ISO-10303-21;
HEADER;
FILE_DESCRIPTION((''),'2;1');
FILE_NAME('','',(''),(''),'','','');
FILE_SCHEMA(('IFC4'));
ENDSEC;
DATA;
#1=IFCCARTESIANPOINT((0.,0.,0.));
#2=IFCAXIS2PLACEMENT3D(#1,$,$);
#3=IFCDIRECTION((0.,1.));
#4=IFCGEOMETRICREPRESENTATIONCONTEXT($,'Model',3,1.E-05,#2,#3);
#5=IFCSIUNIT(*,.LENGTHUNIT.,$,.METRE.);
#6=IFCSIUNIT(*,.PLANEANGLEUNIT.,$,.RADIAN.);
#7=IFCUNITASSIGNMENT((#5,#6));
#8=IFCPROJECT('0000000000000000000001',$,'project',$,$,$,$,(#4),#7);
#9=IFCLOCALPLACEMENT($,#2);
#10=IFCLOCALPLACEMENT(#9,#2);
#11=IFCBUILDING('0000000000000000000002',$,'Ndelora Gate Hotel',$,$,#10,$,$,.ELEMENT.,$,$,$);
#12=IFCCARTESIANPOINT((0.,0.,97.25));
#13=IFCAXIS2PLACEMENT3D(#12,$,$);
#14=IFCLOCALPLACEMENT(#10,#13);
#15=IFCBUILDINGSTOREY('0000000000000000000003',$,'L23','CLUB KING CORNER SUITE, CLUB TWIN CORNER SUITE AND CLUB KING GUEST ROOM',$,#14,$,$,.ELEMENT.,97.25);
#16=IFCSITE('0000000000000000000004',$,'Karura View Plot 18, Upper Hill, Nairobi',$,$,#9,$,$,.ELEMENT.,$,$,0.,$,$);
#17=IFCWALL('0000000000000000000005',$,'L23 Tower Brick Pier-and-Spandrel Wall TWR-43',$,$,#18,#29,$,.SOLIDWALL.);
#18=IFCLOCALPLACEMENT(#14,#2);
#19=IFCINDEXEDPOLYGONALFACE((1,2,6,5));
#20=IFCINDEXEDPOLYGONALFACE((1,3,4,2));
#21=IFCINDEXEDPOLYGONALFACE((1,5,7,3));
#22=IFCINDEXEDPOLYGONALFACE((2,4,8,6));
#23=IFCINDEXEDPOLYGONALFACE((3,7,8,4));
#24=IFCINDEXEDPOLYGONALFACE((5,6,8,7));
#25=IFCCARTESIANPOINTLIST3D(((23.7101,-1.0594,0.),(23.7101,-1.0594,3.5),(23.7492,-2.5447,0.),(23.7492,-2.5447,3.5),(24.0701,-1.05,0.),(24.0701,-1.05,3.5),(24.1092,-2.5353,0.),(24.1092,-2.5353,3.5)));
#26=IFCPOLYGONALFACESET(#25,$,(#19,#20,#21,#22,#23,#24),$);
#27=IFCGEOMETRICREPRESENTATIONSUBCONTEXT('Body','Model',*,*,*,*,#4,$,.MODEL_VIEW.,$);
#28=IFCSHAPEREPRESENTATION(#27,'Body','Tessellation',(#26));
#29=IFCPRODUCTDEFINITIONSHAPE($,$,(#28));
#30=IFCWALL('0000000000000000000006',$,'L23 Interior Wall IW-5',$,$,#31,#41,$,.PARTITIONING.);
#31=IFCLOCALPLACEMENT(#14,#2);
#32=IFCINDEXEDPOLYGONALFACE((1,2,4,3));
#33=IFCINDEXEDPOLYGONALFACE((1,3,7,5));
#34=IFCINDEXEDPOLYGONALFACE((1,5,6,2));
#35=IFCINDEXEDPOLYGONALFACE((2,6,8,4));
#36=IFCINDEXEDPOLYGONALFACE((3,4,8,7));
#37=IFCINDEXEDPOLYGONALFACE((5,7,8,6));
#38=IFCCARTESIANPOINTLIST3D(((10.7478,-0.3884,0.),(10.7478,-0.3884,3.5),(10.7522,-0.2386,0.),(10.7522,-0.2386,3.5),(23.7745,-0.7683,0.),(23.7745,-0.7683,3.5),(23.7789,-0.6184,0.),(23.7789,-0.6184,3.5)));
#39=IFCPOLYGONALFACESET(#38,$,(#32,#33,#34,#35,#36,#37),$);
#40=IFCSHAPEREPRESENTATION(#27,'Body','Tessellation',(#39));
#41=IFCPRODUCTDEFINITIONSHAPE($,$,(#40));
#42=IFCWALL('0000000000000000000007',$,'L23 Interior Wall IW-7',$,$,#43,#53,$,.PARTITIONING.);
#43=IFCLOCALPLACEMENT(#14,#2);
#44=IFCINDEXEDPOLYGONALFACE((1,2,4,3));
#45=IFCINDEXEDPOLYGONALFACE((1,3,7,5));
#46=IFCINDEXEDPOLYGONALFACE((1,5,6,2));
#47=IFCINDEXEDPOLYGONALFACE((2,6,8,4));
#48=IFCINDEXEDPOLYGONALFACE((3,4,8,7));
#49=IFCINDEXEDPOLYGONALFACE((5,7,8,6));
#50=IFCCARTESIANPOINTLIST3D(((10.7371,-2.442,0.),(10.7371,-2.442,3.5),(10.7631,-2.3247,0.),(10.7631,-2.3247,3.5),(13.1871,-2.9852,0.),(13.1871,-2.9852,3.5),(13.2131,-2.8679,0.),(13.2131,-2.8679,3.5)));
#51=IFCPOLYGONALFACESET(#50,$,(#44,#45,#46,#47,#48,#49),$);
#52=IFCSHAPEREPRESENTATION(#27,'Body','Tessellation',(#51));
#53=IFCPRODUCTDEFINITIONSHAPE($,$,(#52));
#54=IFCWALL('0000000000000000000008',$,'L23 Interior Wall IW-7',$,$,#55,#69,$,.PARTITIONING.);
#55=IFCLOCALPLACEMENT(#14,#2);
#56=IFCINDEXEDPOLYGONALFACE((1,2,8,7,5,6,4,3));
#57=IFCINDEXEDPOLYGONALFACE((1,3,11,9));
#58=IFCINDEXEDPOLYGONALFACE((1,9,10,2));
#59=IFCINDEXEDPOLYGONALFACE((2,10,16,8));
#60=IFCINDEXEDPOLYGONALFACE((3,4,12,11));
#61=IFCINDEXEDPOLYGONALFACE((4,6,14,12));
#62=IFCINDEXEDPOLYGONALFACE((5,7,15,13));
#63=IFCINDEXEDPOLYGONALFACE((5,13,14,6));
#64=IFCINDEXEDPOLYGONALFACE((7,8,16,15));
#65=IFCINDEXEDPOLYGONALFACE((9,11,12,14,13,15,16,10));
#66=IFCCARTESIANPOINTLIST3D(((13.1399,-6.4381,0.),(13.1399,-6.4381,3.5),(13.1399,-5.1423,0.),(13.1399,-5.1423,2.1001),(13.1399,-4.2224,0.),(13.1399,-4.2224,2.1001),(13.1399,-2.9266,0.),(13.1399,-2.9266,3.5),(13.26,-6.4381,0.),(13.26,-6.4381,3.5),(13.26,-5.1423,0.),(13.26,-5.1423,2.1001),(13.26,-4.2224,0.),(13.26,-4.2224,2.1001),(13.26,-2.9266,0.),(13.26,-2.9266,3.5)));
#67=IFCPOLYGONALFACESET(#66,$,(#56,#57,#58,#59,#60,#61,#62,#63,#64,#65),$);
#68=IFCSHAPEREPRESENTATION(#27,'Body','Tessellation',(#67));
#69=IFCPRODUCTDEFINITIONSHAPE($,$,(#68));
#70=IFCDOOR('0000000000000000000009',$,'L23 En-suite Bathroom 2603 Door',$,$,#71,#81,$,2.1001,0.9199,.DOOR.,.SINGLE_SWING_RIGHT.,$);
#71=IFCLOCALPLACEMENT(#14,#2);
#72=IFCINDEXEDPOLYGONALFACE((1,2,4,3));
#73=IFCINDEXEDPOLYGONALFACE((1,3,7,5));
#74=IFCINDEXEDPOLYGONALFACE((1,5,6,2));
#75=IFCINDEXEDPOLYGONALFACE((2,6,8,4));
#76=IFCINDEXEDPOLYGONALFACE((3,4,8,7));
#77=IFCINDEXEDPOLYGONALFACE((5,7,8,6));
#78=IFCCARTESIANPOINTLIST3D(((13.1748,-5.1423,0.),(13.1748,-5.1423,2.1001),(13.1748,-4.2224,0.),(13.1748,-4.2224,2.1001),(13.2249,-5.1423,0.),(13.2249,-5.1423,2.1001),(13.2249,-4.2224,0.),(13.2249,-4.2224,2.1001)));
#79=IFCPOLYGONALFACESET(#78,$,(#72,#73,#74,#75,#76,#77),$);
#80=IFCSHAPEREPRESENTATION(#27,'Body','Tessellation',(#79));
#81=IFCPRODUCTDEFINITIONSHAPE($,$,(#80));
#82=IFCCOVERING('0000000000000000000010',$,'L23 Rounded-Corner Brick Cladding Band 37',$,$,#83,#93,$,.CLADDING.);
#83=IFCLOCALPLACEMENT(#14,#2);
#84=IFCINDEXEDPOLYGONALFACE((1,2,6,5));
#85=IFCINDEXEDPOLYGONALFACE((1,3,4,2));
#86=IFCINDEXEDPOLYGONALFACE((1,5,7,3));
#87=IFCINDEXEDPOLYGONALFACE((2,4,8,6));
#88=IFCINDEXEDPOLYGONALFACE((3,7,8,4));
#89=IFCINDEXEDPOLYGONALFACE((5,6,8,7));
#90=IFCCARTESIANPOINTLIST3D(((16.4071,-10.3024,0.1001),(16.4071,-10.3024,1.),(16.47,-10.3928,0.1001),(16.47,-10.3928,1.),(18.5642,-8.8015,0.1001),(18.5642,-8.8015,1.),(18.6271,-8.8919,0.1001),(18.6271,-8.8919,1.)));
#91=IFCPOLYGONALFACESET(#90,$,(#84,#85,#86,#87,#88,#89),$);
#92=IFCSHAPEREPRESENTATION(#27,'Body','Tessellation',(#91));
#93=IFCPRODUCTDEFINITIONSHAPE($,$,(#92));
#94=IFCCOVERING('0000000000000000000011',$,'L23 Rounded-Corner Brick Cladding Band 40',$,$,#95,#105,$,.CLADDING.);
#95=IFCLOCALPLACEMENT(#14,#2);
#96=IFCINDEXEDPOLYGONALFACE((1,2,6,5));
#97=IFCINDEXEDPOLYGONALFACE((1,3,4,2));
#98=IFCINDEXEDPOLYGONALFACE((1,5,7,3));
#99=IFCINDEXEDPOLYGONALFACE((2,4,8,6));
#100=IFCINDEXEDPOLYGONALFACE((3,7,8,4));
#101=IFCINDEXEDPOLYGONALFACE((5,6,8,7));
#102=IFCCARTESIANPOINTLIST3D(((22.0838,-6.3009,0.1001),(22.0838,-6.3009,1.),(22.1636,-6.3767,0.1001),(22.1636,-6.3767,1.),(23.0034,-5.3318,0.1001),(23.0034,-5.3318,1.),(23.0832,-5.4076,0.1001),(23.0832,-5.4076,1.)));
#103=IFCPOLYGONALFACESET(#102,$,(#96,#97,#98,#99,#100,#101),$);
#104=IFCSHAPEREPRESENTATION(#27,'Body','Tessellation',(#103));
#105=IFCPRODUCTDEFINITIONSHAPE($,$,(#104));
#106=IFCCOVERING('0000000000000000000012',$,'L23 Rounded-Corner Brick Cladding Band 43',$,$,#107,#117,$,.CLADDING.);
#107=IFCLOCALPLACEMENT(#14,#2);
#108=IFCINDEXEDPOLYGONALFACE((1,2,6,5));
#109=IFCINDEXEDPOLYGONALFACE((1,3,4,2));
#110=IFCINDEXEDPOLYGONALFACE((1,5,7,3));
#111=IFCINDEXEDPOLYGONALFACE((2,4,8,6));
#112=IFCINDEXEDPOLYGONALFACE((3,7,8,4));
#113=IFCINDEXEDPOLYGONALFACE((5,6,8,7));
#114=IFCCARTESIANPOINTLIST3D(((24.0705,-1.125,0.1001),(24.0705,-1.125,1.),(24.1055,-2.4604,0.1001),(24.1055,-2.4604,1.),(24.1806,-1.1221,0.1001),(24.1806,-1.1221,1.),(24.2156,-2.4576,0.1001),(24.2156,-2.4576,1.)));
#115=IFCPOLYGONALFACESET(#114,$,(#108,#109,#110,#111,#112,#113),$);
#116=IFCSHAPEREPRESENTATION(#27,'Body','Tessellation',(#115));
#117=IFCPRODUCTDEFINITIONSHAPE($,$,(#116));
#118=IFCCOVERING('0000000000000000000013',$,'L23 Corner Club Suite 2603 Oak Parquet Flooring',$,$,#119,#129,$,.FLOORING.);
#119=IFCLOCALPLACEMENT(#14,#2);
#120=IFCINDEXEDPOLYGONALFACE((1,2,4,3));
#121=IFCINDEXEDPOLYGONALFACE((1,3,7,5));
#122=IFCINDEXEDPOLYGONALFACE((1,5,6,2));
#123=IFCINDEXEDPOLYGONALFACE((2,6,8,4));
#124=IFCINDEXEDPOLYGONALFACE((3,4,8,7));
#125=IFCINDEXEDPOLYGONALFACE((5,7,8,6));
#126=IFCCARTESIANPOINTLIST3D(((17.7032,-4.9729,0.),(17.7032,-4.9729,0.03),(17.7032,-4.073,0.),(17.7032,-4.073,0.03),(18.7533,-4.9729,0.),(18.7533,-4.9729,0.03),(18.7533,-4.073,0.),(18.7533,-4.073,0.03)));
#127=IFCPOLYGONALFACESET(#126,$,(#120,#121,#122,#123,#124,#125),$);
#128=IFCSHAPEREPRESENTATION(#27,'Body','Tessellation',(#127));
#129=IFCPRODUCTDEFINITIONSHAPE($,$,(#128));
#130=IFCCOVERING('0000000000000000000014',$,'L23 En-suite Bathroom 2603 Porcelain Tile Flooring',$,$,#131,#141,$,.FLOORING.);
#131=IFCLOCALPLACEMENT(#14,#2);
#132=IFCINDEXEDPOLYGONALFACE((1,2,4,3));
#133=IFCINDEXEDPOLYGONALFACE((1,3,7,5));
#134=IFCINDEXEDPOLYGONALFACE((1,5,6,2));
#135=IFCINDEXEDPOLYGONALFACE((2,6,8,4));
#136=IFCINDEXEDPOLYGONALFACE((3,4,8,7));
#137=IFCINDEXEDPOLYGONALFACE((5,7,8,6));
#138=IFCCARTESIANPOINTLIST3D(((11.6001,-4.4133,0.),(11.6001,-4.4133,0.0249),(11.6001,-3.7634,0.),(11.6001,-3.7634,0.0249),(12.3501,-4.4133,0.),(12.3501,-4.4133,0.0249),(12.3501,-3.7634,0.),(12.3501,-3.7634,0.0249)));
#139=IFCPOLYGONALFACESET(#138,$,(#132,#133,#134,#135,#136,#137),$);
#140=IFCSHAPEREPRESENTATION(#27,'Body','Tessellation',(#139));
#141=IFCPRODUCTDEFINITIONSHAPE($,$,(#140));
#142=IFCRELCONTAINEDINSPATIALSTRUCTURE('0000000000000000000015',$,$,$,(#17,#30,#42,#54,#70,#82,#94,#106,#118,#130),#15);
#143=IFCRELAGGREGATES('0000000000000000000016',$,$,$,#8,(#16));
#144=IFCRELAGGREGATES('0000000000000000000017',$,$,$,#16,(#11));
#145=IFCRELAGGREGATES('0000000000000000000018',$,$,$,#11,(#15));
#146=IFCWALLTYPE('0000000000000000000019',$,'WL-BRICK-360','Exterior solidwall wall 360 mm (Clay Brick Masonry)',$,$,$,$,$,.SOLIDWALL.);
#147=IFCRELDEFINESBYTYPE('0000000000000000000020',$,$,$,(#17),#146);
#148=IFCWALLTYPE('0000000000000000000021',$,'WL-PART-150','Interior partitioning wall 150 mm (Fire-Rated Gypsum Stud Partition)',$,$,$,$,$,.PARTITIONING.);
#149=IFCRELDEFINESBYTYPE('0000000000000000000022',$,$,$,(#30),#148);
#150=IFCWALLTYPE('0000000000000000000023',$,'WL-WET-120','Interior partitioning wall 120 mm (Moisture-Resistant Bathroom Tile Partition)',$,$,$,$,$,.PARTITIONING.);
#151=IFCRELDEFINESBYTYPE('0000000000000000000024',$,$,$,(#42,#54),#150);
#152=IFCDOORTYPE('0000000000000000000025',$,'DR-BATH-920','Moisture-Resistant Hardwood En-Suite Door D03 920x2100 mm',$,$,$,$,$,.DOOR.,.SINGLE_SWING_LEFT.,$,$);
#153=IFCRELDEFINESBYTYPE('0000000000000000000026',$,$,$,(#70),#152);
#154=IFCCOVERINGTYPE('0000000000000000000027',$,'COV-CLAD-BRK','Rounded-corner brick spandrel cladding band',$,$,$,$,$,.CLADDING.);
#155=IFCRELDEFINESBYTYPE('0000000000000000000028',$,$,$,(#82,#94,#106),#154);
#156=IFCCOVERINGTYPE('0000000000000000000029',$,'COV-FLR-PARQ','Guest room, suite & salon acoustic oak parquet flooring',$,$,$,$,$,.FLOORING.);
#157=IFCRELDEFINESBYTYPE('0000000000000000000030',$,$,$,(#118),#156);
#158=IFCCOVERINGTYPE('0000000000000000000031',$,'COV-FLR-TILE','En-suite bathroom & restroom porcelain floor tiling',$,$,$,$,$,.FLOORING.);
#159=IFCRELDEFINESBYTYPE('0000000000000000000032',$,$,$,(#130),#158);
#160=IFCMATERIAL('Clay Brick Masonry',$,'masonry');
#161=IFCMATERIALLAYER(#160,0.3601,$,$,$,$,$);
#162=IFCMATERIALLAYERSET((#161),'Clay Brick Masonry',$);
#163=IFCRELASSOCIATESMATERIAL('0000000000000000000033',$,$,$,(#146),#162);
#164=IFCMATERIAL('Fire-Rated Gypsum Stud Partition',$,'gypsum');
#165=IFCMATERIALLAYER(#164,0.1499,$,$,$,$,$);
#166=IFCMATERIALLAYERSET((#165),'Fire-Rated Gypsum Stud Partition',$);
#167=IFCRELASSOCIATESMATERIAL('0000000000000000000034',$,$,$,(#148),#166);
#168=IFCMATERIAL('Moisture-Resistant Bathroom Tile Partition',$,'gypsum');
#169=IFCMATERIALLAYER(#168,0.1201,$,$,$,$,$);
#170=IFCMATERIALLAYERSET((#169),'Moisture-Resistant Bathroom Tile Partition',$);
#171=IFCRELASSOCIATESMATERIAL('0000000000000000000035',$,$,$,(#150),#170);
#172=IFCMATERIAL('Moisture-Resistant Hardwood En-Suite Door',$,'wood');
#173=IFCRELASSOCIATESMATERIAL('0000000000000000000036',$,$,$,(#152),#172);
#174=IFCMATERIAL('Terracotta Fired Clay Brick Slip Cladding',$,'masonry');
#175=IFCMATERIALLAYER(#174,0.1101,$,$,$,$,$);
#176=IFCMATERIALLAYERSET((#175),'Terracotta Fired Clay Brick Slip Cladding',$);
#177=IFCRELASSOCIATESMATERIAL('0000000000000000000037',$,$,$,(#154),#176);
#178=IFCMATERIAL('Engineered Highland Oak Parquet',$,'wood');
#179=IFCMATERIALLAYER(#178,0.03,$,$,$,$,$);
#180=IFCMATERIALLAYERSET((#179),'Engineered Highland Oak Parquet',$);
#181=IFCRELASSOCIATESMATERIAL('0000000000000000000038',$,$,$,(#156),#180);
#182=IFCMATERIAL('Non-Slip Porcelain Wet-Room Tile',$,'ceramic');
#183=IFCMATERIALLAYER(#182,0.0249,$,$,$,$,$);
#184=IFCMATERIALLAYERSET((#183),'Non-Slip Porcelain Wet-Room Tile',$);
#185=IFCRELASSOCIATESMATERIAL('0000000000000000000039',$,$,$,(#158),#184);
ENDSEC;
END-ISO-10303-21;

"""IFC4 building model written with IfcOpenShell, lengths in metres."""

from ifc_helpers import new_model, si_unit, direction, frame, frame_2d, origin, origin_2d, place, context, subcontext, project, spatial, rectangle, extrude, material, layer, layer_set, type_object, element, fill, save


model = new_model("IFC4")

# Units and contexts
model_context = context("Model", 3, precision=1e-05, world=origin(), true_north=direction((0.0, 1.0)))
body_context = subcontext(model_context, "Body", "Model", "MODEL_VIEW")
ifc_project = project(units=[si_unit("LENGTHUNIT", "METRE"), si_unit("PLANEANGLEUNIT", "RADIAN")], contexts=[model_context])

# Site, building, storey
site_placement = place(None, origin())
site = spatial("IfcSite", under=ifc_project, at=site_placement, Name="Karura View Plot 18, Upper Hill, Nairobi", CompositionType="ELEMENT", RefElevation=0.0)
building_placement = place(site_placement, origin())
building = spatial("IfcBuilding", under=site, at=building_placement, Name="Ndelora Gate Hotel", CompositionType="ELEMENT")
storey_placement = place(building_placement, frame((0.0, 0.0, 97.25)))
storey = spatial("IfcBuildingStorey", under=building, at=storey_placement, Name="L23", Description="CLUB KING CORNER SUITE, CLUB TWIN CORNER SUITE AND CLUB KING GUEST ROOM", CompositionType="ELEMENT", Elevation=97.25)

# Shared definitions
ifc_material_1 = material(Name="Clay Brick Masonry", Category="masonry")
ifc_layer_1 = layer(ifc_material_1, 0.3601)
ifc_layer_set_1 = layer_set([ifc_layer_1], Name="Clay Brick Masonry")
wall_type_1 = type_object("IfcWallType", Name="WL-BRICK-360", Description="Exterior solidwall wall 360 mm (Clay Brick Masonry)", PredefinedType="SOLIDWALL", material=ifc_layer_set_1)

# Walls
wall_1_placement = place(storey_placement, frame((23.8901, -1.0547, 0.0), z_axis=(0.0, 0.0, 1.0), x_axis=(0.026289, -0.999654, 0.0)))
element("IfcWall", 1, at=wall_1_placement, inside=storey, type_object=wall_type_1, Name="L23 Tower Brick Pier-and-Spandrel Wall TWR-43", PredefinedType="SOLIDWALL", context=body_context, shape_type="SweptSolid", body=[
    extrude(rectangle(XDim=1.4858, YDim=0.3601, at=frame_2d((0.7429, 0.0))), origin(), (0.0, 0.0, 1.0), 3.5),
])
ifc_material_2 = material(Name="Fire-Rated Gypsum Stud Partition", Category="gypsum")
ifc_layer_2 = layer(ifc_material_2, 0.1499)
ifc_layer_set_2 = layer_set([ifc_layer_2], Name="Fire-Rated Gypsum Stud Partition")
wall_type_2 = type_object("IfcWallType", Name="WL-PART-150", Description="Interior partitioning wall 150 mm (Fire-Rated Gypsum Stud Partition)", PredefinedType="PARTITIONING", material=ifc_layer_set_2)
wall_2_placement = place(storey_placement, frame((10.75, -0.3135, 0.0), z_axis=(0.0, 0.0, 1.0), x_axis=(0.999575, -0.02915, 0.0)))
element("IfcWall", 2, at=wall_2_placement, inside=storey, type_object=wall_type_2, Name="L23 Interior Wall IW-5", PredefinedType="PARTITIONING", context=body_context, shape_type="SweptSolid", body=[
    extrude(rectangle(XDim=13.0322, YDim=0.1499, at=frame_2d((6.5161, 0.0))), origin(), (0.0, 0.0, 1.0), 3.5),
])
ifc_material_3 = material(Name="Moisture-Resistant Bathroom Tile Partition", Category="gypsum")
ifc_layer_3 = layer(ifc_material_3, 0.1201)
ifc_layer_set_3 = layer_set([ifc_layer_3], Name="Moisture-Resistant Bathroom Tile Partition")
wall_type_3 = type_object("IfcWallType", Name="WL-WET-120", Description="Interior partitioning wall 120 mm (Moisture-Resistant Bathroom Tile Partition)", PredefinedType="PARTITIONING", material=ifc_layer_set_3)
wall_3_placement = place(storey_placement, frame((10.75, -2.3833, 0.0), z_axis=(0.0, 0.0, 1.0), x_axis=(0.97629, -0.216467, 0.0)))
element("IfcWall", 3, at=wall_3_placement, inside=storey, type_object=wall_type_3, Name="L23 Interior Wall IW-7", PredefinedType="PARTITIONING", context=body_context, shape_type="SweptSolid", body=[
    extrude(rectangle(XDim=2.5095, YDim=0.1201, at=frame_2d((1.2549, 0.0))), origin(), (0.0, 0.0, 1.0), 3.5),
])

# Wall, opening, door
wall_4_placement = place(storey_placement, frame((13.2, -2.9265, 0.0), z_axis=(0.0, 0.0, 1.0), x_axis=(0.0, -1.0, 0.0)))
wall_4 = element("IfcWall", 4, at=wall_4_placement, inside=storey, type_object=wall_type_3, Name="L23 Interior Wall IW-7", PredefinedType="PARTITIONING", context=body_context, shape_type="SweptSolid", body=[
    extrude(rectangle(XDim=3.5115, YDim=0.1201, at=frame_2d((1.7559, 0.0))), origin(), (0.0, 0.0, 1.0), 3.5),
])
opening_1_placement = place(wall_4_placement, frame((1.2959, 0.0, 0.0)))
opening_1 = element("IfcOpeningElement", 5, at=opening_1_placement, cuts=wall_4, PredefinedType="OPENING", context=body_context, shape_type="SweptSolid", body=[
    extrude(rectangle(XDim=0.9199, YDim=2.1001, at=frame_2d((0.46, 1.05))), frame((0.0, 0.0701, 0.0), z_axis=(0.0, -1.0, 0.0), x_axis=(1.0, 0.0, 0.0)), (0.0, 0.0, 1.0), 0.1401),
])
ifc_material_4 = material(Name="Moisture-Resistant Hardwood En-Suite Door", Category="wood")
door_type = type_object("IfcDoorType", Name="DR-BATH-920", Description="Moisture-Resistant Hardwood En-Suite Door D03 920x2100 mm", OperationType="SINGLE_SWING_LEFT", PredefinedType="DOOR", material=ifc_material_4)
door_placement = place(opening_1_placement, origin())
door = element("IfcDoor", 6, at=door_placement, inside=storey, type_object=door_type, Name="L23 En-suite Bathroom 2603 Door", OperationType="SINGLE_SWING_RIGHT", OverallHeight=2.1001, OverallWidth=0.9199, PredefinedType="DOOR", context=body_context, shape_type="SweptSolid", body=[
    extrude(rectangle(XDim=0.9199, YDim=2.1001, at=frame_2d((0.46, 1.05))), frame((0.0, 0.0249, 0.0), z_axis=(0.0, -1.0, 0.0), x_axis=(1.0, 0.0, 0.0)), (0.0, 0.0, 1.0), 0.05),
])
fill(opening_1, door)

# Coverings
ifc_material_5 = material(Name="Terracotta Fired Clay Brick Slip Cladding", Category="masonry")
ifc_layer_4 = layer(ifc_material_5, 0.1101)
ifc_layer_set_4 = layer_set([ifc_layer_4], Name="Terracotta Fired Clay Brick Slip Cladding")
covering_type_1 = type_object("IfcCoveringType", Name="COV-CLAD-BRK", Description="Rounded-corner brick spandrel cladding band", PredefinedType="CLADDING", material=ifc_layer_set_4)
covering_1_placement = place(storey_placement, frame((17.5171, -9.5972, 0.1001), z_axis=(0.0, 0.0, 1.0), x_axis=(0.82085, 0.571143, 0.0)))
element("IfcCovering", 7, at=covering_1_placement, inside=storey, type_object=covering_type_1, Name="L23 Rounded-Corner Brick Cladding Band 37", PredefinedType="CLADDING", context=body_context, shape_type="SweptSolid", body=[
    extrude(rectangle(XDim=2.6279, YDim=0.1101, at=origin_2d()), origin(), (0.0, 0.0, 1.0), 0.8999),
])
for number, where, z_axis, x_axis, name in (
    (8, (22.5835, -5.8542, 0.1001), (0.0, 0.0, 1.0), (0.688355, 0.725374, 0.0), "L23 Rounded-Corner Brick Cladding Band 40"),
    (9, (24.1431, -1.7913, 0.1001), (0.0, 0.0, 1.0), (-0.026177, 0.999657, 0.0), "L23 Rounded-Corner Brick Cladding Band 43"),
):
    element("IfcCovering", number, at=place(storey_placement, frame(where, z_axis=z_axis, x_axis=x_axis)), inside=storey, type_object=covering_type_1, Name=name, PredefinedType="CLADDING", context=body_context, shape_type="SweptSolid", body=[
        extrude(rectangle(XDim=1.3359, YDim=0.1101, at=origin_2d()), origin(), (0.0, 0.0, 1.0), 0.8999),
    ])
ifc_material_6 = material(Name="Engineered Highland Oak Parquet", Category="wood")
ifc_layer_5 = layer(ifc_material_6, 0.03)
ifc_layer_set_5 = layer_set([ifc_layer_5], Name="Engineered Highland Oak Parquet")
covering_type_2 = type_object("IfcCoveringType", Name="COV-FLR-PARQ", Description="Guest room, suite & salon acoustic oak parquet flooring", PredefinedType="FLOORING", material=ifc_layer_set_5)
covering_2_placement = place(storey_placement, frame((18.2283, -4.5229, 0.0), z_axis=(0.0, 0.0, 1.0), x_axis=(1.0, 0.0, 0.0)))
element("IfcCovering", 10, at=covering_2_placement, inside=storey, type_object=covering_type_2, Name="L23 Corner Club Suite 2603 Oak Parquet Flooring", PredefinedType="FLOORING", context=body_context, shape_type="SweptSolid", body=[
    extrude(rectangle(XDim=1.05, YDim=0.8999, at=origin_2d()), origin(), (0.0, 0.0, 1.0), 0.03),
])
ifc_material_7 = material(Name="Non-Slip Porcelain Wet-Room Tile", Category="ceramic")
ifc_layer_6 = layer(ifc_material_7, 0.0249)
ifc_layer_set_6 = layer_set([ifc_layer_6], Name="Non-Slip Porcelain Wet-Room Tile")
covering_type_3 = type_object("IfcCoveringType", Name="COV-FLR-TILE", Description="En-suite bathroom & restroom porcelain floor tiling", PredefinedType="FLOORING", material=ifc_layer_set_6)
covering_3_placement = place(storey_placement, frame((11.9751, -4.0884, 0.0), z_axis=(0.0, 0.0, 1.0), x_axis=(1.0, 0.0, 0.0)))
element("IfcCovering", 11, at=covering_3_placement, inside=storey, type_object=covering_type_3, Name="L23 En-suite Bathroom 2603 Porcelain Tile Flooring", PredefinedType="FLOORING", context=body_context, shape_type="SweptSolid", body=[
    extrude(rectangle(XDim=0.75, YDim=0.6499, at=origin_2d()), origin(), (0.0, 0.0, 1.0), 0.0249),
])

save(model, "model.ifc")
